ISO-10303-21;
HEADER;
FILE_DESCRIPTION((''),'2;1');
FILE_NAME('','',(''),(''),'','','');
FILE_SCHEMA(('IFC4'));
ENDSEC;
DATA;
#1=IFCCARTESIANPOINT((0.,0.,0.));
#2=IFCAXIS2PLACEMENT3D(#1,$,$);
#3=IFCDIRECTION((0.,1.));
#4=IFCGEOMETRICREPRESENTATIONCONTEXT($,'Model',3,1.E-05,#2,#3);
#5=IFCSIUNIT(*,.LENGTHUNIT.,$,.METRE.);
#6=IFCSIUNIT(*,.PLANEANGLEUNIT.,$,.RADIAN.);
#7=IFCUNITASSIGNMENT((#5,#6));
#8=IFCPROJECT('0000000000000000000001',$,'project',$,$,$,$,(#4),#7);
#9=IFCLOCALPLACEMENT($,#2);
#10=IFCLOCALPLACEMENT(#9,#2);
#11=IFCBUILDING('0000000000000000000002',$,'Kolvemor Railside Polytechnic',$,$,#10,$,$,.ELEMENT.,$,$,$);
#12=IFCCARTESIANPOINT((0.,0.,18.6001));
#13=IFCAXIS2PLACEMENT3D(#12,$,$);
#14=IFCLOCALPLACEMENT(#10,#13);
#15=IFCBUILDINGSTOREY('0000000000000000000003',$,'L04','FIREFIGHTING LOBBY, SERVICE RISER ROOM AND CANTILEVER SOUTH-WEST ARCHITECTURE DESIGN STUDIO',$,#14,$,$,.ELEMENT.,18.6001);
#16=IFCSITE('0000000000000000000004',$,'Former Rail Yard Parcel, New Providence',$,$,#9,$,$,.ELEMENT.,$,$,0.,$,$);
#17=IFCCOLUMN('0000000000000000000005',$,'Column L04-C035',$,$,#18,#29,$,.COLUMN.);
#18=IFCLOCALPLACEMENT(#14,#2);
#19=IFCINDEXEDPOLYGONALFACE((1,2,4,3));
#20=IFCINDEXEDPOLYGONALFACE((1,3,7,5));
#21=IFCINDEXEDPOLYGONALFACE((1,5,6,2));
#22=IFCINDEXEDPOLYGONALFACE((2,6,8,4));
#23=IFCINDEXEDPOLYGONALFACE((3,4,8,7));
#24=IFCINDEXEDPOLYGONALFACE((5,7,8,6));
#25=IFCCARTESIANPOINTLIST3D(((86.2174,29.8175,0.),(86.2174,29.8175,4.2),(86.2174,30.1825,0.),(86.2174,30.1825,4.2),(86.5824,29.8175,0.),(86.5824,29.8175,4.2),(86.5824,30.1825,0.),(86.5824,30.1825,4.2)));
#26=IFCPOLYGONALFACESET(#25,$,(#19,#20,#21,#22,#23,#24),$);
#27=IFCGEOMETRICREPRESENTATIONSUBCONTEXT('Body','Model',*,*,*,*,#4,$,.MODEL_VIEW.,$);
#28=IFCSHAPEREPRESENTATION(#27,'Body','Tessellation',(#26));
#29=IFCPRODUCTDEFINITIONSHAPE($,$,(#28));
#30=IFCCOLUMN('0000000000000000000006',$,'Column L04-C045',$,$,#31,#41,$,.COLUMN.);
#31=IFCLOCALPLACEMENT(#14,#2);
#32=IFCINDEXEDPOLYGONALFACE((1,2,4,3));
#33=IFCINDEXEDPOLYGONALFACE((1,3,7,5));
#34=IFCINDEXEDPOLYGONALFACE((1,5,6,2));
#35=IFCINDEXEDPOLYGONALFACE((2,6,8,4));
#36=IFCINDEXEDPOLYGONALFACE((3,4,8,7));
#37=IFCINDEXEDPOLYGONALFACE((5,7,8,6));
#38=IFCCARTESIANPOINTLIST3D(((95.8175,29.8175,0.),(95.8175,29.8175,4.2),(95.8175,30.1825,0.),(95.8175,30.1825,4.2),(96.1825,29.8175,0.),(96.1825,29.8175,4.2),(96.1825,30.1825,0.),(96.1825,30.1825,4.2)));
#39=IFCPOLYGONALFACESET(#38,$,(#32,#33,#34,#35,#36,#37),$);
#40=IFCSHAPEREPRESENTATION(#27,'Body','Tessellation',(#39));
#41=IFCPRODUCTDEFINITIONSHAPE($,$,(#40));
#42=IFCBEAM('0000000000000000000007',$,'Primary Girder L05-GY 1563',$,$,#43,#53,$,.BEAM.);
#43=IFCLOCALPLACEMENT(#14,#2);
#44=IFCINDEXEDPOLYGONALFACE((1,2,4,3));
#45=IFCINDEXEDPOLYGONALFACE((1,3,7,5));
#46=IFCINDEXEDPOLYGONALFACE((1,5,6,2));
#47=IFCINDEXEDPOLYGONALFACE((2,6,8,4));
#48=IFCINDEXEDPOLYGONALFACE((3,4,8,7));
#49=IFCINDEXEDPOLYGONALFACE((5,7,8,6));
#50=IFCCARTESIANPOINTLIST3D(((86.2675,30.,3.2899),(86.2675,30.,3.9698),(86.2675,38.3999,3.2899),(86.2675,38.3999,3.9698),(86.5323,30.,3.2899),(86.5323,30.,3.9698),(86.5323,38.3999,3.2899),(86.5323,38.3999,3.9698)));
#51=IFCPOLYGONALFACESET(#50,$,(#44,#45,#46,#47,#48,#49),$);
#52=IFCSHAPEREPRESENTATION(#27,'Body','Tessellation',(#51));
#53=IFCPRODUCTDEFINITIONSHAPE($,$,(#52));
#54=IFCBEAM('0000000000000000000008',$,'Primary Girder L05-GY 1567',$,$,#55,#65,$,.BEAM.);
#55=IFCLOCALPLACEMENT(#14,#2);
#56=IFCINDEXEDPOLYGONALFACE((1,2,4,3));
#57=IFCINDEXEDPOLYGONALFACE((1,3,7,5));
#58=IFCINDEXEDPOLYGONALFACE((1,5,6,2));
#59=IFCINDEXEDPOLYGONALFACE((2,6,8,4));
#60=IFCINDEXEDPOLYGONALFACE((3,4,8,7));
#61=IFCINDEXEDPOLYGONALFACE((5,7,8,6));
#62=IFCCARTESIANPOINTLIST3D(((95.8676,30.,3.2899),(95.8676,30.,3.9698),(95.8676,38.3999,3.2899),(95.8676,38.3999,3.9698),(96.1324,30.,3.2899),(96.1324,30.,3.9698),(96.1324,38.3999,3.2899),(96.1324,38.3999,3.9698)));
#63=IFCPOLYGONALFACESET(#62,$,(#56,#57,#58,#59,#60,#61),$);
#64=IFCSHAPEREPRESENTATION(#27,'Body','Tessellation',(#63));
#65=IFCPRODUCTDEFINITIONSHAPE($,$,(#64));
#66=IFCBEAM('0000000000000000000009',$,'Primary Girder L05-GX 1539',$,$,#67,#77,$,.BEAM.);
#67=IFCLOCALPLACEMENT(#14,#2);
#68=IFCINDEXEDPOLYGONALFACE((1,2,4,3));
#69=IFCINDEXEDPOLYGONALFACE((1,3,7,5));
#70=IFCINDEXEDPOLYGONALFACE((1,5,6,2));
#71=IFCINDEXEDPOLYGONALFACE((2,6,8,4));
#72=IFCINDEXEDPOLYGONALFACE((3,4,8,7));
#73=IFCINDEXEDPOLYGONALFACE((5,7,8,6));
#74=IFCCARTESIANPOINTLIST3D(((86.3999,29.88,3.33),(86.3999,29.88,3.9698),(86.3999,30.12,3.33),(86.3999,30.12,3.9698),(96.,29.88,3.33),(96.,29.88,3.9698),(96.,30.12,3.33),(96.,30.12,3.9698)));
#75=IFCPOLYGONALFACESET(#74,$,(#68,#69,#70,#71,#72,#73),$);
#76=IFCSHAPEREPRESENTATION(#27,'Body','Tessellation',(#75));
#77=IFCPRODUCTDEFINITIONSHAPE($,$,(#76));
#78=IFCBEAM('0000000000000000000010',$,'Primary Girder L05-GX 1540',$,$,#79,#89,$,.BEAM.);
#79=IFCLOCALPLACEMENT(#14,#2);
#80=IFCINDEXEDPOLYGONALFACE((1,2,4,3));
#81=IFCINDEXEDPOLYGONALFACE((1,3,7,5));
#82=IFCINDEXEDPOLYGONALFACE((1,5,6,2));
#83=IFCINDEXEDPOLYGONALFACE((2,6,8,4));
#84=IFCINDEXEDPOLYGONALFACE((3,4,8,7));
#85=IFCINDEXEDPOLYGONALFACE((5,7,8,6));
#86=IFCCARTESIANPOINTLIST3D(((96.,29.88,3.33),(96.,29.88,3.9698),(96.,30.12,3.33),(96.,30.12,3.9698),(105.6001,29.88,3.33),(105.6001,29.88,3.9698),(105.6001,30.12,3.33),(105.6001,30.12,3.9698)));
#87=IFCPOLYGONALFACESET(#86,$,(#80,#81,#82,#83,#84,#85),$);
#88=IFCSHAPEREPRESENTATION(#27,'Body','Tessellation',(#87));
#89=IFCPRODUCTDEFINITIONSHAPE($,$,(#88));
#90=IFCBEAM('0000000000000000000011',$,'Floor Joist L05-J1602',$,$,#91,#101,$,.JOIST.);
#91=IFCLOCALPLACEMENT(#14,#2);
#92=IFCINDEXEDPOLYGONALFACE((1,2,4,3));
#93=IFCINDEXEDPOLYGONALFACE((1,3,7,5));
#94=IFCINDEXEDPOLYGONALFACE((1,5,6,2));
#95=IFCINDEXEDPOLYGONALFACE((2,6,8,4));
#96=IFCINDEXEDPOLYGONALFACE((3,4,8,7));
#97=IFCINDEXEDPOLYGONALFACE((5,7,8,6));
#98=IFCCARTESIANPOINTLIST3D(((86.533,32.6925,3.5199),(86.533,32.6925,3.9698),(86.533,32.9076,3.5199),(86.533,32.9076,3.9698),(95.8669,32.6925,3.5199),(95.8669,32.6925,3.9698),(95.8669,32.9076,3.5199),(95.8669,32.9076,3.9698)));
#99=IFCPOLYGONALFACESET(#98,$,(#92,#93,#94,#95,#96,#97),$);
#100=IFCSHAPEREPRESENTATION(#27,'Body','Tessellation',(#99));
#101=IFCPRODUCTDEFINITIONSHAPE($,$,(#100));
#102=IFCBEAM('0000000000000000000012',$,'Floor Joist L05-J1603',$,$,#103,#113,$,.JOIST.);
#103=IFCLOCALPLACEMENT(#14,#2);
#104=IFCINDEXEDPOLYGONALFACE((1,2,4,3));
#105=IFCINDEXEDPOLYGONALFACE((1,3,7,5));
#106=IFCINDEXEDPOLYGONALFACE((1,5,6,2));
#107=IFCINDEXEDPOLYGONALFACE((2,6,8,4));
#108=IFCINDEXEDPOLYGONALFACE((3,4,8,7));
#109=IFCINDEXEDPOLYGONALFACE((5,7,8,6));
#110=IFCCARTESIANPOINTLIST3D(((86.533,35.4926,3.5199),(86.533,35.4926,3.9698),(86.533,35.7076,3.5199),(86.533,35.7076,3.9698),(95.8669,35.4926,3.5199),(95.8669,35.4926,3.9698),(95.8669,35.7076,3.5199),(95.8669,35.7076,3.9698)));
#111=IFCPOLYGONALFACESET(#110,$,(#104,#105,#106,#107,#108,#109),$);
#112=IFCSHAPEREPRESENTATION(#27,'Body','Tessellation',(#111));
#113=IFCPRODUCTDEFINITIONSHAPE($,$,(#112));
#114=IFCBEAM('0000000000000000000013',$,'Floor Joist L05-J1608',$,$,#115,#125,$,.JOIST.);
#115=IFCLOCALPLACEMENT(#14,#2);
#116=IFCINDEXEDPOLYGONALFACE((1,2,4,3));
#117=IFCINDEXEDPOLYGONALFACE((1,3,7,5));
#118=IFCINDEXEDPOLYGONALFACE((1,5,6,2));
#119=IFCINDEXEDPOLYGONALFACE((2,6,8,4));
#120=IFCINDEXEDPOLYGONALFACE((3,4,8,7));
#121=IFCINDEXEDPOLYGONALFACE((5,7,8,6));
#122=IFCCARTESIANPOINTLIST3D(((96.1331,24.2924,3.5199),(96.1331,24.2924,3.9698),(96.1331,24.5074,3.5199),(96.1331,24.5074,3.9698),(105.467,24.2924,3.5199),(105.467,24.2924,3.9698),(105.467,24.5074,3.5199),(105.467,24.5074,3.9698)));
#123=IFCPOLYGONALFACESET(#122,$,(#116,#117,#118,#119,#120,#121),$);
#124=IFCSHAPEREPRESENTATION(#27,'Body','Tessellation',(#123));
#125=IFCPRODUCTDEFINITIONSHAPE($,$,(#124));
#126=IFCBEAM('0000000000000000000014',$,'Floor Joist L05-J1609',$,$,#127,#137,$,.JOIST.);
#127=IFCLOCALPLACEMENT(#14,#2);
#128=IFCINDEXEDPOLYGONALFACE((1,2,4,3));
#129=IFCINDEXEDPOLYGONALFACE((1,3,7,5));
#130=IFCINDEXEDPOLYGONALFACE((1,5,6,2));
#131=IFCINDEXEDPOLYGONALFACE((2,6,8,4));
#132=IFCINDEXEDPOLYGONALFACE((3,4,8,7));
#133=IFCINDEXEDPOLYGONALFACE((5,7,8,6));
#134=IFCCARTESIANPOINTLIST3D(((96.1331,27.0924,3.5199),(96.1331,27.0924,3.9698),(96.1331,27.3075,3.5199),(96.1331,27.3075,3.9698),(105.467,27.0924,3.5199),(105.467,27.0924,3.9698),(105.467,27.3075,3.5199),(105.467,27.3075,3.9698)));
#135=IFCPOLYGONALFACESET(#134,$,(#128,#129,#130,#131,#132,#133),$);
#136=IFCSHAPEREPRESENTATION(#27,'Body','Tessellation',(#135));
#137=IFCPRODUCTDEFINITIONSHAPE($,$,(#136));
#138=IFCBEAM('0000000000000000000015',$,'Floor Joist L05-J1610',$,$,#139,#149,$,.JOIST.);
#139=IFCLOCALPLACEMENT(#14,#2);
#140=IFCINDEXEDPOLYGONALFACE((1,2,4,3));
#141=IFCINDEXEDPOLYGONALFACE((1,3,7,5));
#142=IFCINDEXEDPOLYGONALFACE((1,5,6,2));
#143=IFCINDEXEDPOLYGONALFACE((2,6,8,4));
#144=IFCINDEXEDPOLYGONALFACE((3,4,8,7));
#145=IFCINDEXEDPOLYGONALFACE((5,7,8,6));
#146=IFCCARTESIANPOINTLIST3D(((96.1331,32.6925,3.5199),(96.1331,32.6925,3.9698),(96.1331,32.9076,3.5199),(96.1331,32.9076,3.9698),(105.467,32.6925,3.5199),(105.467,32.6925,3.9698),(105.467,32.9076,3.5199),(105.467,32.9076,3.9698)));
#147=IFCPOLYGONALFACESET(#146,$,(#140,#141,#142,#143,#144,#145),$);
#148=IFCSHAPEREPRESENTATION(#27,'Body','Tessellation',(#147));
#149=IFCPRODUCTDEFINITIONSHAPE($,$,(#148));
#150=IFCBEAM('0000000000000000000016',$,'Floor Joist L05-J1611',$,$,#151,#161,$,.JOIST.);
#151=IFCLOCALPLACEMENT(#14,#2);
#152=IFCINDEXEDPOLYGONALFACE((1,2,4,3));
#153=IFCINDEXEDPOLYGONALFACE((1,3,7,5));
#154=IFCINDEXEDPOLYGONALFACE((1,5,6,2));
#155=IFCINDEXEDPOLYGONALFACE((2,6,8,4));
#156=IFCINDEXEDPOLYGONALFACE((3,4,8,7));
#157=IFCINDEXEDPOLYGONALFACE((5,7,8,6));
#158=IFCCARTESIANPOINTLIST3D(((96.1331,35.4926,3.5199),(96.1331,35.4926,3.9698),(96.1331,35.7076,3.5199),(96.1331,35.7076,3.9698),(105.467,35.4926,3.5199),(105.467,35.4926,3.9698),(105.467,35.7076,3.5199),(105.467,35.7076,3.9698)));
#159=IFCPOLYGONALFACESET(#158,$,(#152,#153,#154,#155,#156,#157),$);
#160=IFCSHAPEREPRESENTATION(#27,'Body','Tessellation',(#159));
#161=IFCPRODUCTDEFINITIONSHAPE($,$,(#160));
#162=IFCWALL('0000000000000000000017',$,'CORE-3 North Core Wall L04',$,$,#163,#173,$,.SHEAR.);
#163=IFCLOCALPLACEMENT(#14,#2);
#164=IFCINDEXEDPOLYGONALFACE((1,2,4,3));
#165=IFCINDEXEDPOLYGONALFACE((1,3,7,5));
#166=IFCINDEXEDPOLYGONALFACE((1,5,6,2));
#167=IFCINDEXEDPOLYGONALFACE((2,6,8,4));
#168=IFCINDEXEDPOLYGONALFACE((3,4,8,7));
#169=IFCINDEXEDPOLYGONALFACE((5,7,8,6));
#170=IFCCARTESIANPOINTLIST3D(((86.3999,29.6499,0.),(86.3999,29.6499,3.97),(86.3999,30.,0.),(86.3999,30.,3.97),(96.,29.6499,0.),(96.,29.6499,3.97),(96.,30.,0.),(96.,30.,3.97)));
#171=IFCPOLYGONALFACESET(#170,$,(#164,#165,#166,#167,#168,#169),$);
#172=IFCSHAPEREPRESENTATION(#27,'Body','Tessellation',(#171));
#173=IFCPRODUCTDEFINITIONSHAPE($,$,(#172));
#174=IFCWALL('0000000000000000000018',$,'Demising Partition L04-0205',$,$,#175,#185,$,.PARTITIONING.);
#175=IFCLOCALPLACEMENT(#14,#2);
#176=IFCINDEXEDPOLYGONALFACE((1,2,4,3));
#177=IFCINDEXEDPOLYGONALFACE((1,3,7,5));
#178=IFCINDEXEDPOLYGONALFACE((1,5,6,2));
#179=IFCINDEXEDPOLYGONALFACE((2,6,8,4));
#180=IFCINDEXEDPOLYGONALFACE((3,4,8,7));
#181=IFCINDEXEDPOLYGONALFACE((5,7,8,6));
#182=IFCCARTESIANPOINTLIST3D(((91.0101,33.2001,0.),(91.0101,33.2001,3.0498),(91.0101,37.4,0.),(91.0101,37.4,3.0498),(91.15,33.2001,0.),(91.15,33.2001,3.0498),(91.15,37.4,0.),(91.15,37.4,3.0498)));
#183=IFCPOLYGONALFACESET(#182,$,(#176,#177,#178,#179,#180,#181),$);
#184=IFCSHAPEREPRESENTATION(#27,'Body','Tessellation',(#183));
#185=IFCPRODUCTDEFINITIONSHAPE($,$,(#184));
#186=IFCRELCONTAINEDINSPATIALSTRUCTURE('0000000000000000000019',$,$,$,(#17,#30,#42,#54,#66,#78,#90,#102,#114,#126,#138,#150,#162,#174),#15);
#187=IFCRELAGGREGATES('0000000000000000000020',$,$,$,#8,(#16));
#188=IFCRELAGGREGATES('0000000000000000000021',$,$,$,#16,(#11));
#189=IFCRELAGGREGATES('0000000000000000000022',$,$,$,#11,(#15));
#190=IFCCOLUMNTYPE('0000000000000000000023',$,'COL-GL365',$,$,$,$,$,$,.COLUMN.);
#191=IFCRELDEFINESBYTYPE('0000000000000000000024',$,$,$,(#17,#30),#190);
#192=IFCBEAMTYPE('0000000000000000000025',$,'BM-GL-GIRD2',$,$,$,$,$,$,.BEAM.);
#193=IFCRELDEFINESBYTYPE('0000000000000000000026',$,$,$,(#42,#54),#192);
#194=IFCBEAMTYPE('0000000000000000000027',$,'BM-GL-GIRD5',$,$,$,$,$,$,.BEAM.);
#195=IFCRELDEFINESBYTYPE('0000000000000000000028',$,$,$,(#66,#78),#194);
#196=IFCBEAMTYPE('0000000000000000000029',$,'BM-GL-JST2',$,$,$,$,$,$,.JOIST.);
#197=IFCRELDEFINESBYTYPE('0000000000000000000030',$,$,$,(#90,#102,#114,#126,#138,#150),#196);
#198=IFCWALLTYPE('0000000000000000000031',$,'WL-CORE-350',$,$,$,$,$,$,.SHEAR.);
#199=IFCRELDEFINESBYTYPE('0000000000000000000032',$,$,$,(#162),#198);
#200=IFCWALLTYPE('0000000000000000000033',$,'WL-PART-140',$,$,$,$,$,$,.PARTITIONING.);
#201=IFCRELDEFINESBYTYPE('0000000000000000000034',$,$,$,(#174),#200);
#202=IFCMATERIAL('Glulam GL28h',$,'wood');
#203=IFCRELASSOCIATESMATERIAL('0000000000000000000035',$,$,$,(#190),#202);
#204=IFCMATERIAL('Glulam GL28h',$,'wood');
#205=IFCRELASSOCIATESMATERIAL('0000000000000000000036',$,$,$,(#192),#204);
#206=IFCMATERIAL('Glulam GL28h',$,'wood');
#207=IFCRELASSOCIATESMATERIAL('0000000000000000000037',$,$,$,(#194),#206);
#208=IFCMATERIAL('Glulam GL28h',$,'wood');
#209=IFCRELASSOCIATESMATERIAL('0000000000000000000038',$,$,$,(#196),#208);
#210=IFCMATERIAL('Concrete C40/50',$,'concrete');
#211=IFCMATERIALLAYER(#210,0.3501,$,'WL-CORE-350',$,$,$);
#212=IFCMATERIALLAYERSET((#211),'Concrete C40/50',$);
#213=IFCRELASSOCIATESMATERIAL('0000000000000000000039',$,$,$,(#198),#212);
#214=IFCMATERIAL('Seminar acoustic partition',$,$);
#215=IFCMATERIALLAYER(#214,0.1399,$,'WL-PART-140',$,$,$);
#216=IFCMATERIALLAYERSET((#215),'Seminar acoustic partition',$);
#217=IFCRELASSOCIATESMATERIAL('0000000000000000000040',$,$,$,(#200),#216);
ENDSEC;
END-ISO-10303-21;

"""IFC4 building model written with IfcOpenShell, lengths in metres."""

from ifc_helpers import new_model, si_unit, direction, frame, frame_2d, origin, origin_2d, place, context, subcontext, project, spatial, rectangle, extrude, material, layer, layer_set, material_profile, profile_set, type_object, element, save


model = new_model("IFC4")

# Units and contexts
model_context = context("Model", 3, precision=1e-05, world=origin(), true_north=direction((0.0, 1.0)))
body_context = subcontext(model_context, "Body", "Model", "MODEL_VIEW")
ifc_project = project(units=[si_unit("LENGTHUNIT", "METRE"), si_unit("PLANEANGLEUNIT", "RADIAN")], contexts=[model_context])

# Site, building, storey
site_placement = place(None, origin())
site = spatial("IfcSite", under=ifc_project, at=site_placement, Name="Former Rail Yard Parcel, New Providence", CompositionType="ELEMENT", RefElevation=0.0)
building_placement = place(site_placement, origin())
building = spatial("IfcBuilding", under=site, at=building_placement, Name="Kolvemor Railside Polytechnic", CompositionType="ELEMENT")
storey_placement = place(building_placement, frame((0.0, 0.0, 18.6001)))
storey = spatial("IfcBuildingStorey", under=building, at=storey_placement, Name="L04", Description="FIREFIGHTING LOBBY, SERVICE RISER ROOM AND CANTILEVER SOUTH-WEST ARCHITECTURE DESIGN STUDIO", CompositionType="ELEMENT", Elevation=18.6001)

# Columns
ifc_material_1 = material(Name="Glulam GL28h", Category="wood")
ifc_material_profile_1 = material_profile(ifc_material_1, rectangle(XDim=0.365, YDim=0.365, at=origin_2d()), Name="GL365x365")
ifc_profile_set_1 = profile_set([ifc_material_profile_1], Name="Glulam GL28h")
column_type = type_object("IfcColumnType", Name="COL-GL365", PredefinedType="COLUMN", material=ifc_profile_set_1)
for number, where, z_axis, x_axis, name in (
    (1, (86.3999, 30.0, 0.0), (0.0, 0.0, 1.0), (1.0, 0.0, 0.0), "Column L04-C035"),
    (2, (96.0, 30.0, 0.0), (0.0, 0.0, 1.0), (1.0, 0.0, 0.0), "Column L04-C045"),
):
    element("IfcColumn", number, at=place(storey_placement, frame(where, z_axis=z_axis, x_axis=x_axis)), inside=storey, type_object=column_type, Name=name, PredefinedType="COLUMN", context=body_context, shape_type="SweptSolid", body=[
        extrude(rectangle(XDim=0.365, YDim=0.365, at=origin_2d()), origin(), (0.0, 0.0, 1.0), 4.2),
    ])

# Beams
ifc_material_2 = material(Name="Glulam GL28h", Category="wood")
ifc_material_profile_2 = material_profile(ifc_material_2, rectangle(XDim=0.2649, YDim=0.6799, at=origin_2d()), Name="GL265x680")
ifc_profile_set_2 = profile_set([ifc_material_profile_2], Name="Glulam GL28h")
beam_type_1 = type_object("IfcBeamType", Name="BM-GL-GIRD2", PredefinedType="BEAM", material=ifc_profile_set_2)
for number, where, z_axis, x_axis, name in (
    (3, (86.3999, 30.0, 3.6299), (0.0, 1.0, 0.0), (-1.0, 0.0, 0.0), "Primary Girder L05-GY 1563"),
    (4, (96.0, 30.0, 3.6299), (0.0, 1.0, 0.0), (-1.0, 0.0, 0.0), "Primary Girder L05-GY 1567"),
):
    element("IfcBeam", number, at=place(storey_placement, frame(where, z_axis=z_axis, x_axis=x_axis)), inside=storey, type_object=beam_type_1, Name=name, PredefinedType="BEAM", context=body_context, shape_type="SweptSolid", body=[
        extrude(rectangle(XDim=0.2649, YDim=0.6799, at=origin_2d()), origin(), (0.0, 0.0, 1.0), 8.3999),
    ])
ifc_material_3 = material(Name="Glulam GL28h", Category="wood")
ifc_material_profile_3 = material_profile(ifc_material_3, rectangle(XDim=0.24, YDim=0.6399, at=origin_2d()), Name="GL240x640")
ifc_profile_set_3 = profile_set([ifc_material_profile_3], Name="Glulam GL28h")
beam_type_2 = type_object("IfcBeamType", Name="BM-GL-GIRD5", PredefinedType="BEAM", material=ifc_profile_set_3)
for number, where, z_axis, x_axis, name in (
    (5, (86.3999, 30.0, 3.6499), (1.0, 0.0, 0.0), (0.0, 1.0, 0.0), "Primary Girder L05-GX 1539"),
    (6, (96.0, 30.0, 3.6499), (1.0, 0.0, 0.0), (0.0, 1.0, 0.0), "Primary Girder L05-GX 1540"),
):
    element("IfcBeam", number, at=place(storey_placement, frame(where, z_axis=z_axis, x_axis=x_axis)), inside=storey, type_object=beam_type_2, Name=name, PredefinedType="BEAM", context=body_context, shape_type="SweptSolid", body=[
        extrude(rectangle(XDim=0.24, YDim=0.6399, at=origin_2d()), origin(), (0.0, 0.0, 1.0), 9.6001),
    ])
ifc_material_4 = material(Name="Glulam GL28h", Category="wood")
ifc_material_profile_4 = material_profile(ifc_material_4, rectangle(XDim=0.2151, YDim=0.45, at=origin_2d()), Name="GL215x450")
ifc_profile_set_4 = profile_set([ifc_material_profile_4], Name="Glulam GL28h")
beam_type_3 = type_object("IfcBeamType", Name="BM-GL-JST2", PredefinedType="JOIST", material=ifc_profile_set_4)
for number, where, z_axis, x_axis, name in (
    (7, (86.533, 32.8, 3.7449), (1.0, 0.0, 0.0), (0.0, 1.0, 0.0), "Floor Joist L05-J1602"),
    (8, (86.533, 35.6001, 3.7449), (1.0, 0.0, 0.0), (0.0, 1.0, 0.0), "Floor Joist L05-J1603"),
    (9, (96.1331, 24.3999, 3.7449), (1.0, 0.0, 0.0), (0.0, 1.0, 0.0), "Floor Joist L05-J1608"),
    (10, (96.1331, 27.2, 3.7449), (1.0, 0.0, 0.0), (0.0, 1.0, 0.0), "Floor Joist L05-J1609"),
    (11, (96.1331, 32.8, 3.7449), (1.0, 0.0, 0.0), (0.0, 1.0, 0.0), "Floor Joist L05-J1610"),
    (12, (96.1331, 35.6001, 3.7449), (1.0, 0.0, 0.0), (0.0, 1.0, 0.0), "Floor Joist L05-J1611"),
):
    element("IfcBeam", number, at=place(storey_placement, frame(where, z_axis=z_axis, x_axis=x_axis)), inside=storey, type_object=beam_type_3, Name=name, PredefinedType="JOIST", context=body_context, shape_type="SweptSolid", body=[
        extrude(rectangle(XDim=0.2151, YDim=0.45, at=origin_2d()), origin(), (0.0, 0.0, 1.0), 9.334),
    ])

# Walls
ifc_material_5 = material(Name="Concrete C40/50", Category="concrete")
ifc_layer_1 = layer(ifc_material_5, 0.3501, Name="WL-CORE-350")
ifc_layer_set_1 = layer_set([ifc_layer_1], Name="Concrete C40/50")
wall_type_1 = type_object("IfcWallType", Name="WL-CORE-350", PredefinedType="SHEAR", material=ifc_layer_set_1)
wall_1_placement = place(storey_placement, frame((86.3999, 29.825, 0.0), z_axis=(0.0, 0.0, 1.0), x_axis=(1.0, 0.0, 0.0)))
element("IfcWall", 13, at=wall_1_placement, inside=storey, type_object=wall_type_1, Name="CORE-3 North Core Wall L04", PredefinedType="SHEAR", context=body_context, shape_type="SweptSolid", body=[
    extrude(rectangle(XDim=9.6001, YDim=0.3501, at=frame_2d((4.8, 0.0))), origin(), (0.0, 0.0, 1.0), 3.97),
])
ifc_material_6 = material(Name="Seminar acoustic partition")
ifc_layer_2 = layer(ifc_material_6, 0.1399, Name="WL-PART-140")
ifc_layer_set_2 = layer_set([ifc_layer_2], Name="Seminar acoustic partition")
wall_type_2 = type_object("IfcWallType", Name="WL-PART-140", PredefinedType="PARTITIONING", material=ifc_layer_set_2)
wall_2_placement = place(storey_placement, frame((91.0801, 33.2, 0.0), z_axis=(0.0, 0.0, 1.0), x_axis=(0.0, 1.0, 0.0)))
element("IfcWall", 14, at=wall_2_placement, inside=storey, type_object=wall_type_2, Name="Demising Partition L04-0205", PredefinedType="PARTITIONING", context=body_context, shape_type="SweptSolid", body=[
    extrude(rectangle(XDim=4.2, YDim=0.1399, at=frame_2d((2.1001, 0.0))), origin(), (0.0, 0.0, 1.0), 3.0498),
])

save(model, "model.ifc")
